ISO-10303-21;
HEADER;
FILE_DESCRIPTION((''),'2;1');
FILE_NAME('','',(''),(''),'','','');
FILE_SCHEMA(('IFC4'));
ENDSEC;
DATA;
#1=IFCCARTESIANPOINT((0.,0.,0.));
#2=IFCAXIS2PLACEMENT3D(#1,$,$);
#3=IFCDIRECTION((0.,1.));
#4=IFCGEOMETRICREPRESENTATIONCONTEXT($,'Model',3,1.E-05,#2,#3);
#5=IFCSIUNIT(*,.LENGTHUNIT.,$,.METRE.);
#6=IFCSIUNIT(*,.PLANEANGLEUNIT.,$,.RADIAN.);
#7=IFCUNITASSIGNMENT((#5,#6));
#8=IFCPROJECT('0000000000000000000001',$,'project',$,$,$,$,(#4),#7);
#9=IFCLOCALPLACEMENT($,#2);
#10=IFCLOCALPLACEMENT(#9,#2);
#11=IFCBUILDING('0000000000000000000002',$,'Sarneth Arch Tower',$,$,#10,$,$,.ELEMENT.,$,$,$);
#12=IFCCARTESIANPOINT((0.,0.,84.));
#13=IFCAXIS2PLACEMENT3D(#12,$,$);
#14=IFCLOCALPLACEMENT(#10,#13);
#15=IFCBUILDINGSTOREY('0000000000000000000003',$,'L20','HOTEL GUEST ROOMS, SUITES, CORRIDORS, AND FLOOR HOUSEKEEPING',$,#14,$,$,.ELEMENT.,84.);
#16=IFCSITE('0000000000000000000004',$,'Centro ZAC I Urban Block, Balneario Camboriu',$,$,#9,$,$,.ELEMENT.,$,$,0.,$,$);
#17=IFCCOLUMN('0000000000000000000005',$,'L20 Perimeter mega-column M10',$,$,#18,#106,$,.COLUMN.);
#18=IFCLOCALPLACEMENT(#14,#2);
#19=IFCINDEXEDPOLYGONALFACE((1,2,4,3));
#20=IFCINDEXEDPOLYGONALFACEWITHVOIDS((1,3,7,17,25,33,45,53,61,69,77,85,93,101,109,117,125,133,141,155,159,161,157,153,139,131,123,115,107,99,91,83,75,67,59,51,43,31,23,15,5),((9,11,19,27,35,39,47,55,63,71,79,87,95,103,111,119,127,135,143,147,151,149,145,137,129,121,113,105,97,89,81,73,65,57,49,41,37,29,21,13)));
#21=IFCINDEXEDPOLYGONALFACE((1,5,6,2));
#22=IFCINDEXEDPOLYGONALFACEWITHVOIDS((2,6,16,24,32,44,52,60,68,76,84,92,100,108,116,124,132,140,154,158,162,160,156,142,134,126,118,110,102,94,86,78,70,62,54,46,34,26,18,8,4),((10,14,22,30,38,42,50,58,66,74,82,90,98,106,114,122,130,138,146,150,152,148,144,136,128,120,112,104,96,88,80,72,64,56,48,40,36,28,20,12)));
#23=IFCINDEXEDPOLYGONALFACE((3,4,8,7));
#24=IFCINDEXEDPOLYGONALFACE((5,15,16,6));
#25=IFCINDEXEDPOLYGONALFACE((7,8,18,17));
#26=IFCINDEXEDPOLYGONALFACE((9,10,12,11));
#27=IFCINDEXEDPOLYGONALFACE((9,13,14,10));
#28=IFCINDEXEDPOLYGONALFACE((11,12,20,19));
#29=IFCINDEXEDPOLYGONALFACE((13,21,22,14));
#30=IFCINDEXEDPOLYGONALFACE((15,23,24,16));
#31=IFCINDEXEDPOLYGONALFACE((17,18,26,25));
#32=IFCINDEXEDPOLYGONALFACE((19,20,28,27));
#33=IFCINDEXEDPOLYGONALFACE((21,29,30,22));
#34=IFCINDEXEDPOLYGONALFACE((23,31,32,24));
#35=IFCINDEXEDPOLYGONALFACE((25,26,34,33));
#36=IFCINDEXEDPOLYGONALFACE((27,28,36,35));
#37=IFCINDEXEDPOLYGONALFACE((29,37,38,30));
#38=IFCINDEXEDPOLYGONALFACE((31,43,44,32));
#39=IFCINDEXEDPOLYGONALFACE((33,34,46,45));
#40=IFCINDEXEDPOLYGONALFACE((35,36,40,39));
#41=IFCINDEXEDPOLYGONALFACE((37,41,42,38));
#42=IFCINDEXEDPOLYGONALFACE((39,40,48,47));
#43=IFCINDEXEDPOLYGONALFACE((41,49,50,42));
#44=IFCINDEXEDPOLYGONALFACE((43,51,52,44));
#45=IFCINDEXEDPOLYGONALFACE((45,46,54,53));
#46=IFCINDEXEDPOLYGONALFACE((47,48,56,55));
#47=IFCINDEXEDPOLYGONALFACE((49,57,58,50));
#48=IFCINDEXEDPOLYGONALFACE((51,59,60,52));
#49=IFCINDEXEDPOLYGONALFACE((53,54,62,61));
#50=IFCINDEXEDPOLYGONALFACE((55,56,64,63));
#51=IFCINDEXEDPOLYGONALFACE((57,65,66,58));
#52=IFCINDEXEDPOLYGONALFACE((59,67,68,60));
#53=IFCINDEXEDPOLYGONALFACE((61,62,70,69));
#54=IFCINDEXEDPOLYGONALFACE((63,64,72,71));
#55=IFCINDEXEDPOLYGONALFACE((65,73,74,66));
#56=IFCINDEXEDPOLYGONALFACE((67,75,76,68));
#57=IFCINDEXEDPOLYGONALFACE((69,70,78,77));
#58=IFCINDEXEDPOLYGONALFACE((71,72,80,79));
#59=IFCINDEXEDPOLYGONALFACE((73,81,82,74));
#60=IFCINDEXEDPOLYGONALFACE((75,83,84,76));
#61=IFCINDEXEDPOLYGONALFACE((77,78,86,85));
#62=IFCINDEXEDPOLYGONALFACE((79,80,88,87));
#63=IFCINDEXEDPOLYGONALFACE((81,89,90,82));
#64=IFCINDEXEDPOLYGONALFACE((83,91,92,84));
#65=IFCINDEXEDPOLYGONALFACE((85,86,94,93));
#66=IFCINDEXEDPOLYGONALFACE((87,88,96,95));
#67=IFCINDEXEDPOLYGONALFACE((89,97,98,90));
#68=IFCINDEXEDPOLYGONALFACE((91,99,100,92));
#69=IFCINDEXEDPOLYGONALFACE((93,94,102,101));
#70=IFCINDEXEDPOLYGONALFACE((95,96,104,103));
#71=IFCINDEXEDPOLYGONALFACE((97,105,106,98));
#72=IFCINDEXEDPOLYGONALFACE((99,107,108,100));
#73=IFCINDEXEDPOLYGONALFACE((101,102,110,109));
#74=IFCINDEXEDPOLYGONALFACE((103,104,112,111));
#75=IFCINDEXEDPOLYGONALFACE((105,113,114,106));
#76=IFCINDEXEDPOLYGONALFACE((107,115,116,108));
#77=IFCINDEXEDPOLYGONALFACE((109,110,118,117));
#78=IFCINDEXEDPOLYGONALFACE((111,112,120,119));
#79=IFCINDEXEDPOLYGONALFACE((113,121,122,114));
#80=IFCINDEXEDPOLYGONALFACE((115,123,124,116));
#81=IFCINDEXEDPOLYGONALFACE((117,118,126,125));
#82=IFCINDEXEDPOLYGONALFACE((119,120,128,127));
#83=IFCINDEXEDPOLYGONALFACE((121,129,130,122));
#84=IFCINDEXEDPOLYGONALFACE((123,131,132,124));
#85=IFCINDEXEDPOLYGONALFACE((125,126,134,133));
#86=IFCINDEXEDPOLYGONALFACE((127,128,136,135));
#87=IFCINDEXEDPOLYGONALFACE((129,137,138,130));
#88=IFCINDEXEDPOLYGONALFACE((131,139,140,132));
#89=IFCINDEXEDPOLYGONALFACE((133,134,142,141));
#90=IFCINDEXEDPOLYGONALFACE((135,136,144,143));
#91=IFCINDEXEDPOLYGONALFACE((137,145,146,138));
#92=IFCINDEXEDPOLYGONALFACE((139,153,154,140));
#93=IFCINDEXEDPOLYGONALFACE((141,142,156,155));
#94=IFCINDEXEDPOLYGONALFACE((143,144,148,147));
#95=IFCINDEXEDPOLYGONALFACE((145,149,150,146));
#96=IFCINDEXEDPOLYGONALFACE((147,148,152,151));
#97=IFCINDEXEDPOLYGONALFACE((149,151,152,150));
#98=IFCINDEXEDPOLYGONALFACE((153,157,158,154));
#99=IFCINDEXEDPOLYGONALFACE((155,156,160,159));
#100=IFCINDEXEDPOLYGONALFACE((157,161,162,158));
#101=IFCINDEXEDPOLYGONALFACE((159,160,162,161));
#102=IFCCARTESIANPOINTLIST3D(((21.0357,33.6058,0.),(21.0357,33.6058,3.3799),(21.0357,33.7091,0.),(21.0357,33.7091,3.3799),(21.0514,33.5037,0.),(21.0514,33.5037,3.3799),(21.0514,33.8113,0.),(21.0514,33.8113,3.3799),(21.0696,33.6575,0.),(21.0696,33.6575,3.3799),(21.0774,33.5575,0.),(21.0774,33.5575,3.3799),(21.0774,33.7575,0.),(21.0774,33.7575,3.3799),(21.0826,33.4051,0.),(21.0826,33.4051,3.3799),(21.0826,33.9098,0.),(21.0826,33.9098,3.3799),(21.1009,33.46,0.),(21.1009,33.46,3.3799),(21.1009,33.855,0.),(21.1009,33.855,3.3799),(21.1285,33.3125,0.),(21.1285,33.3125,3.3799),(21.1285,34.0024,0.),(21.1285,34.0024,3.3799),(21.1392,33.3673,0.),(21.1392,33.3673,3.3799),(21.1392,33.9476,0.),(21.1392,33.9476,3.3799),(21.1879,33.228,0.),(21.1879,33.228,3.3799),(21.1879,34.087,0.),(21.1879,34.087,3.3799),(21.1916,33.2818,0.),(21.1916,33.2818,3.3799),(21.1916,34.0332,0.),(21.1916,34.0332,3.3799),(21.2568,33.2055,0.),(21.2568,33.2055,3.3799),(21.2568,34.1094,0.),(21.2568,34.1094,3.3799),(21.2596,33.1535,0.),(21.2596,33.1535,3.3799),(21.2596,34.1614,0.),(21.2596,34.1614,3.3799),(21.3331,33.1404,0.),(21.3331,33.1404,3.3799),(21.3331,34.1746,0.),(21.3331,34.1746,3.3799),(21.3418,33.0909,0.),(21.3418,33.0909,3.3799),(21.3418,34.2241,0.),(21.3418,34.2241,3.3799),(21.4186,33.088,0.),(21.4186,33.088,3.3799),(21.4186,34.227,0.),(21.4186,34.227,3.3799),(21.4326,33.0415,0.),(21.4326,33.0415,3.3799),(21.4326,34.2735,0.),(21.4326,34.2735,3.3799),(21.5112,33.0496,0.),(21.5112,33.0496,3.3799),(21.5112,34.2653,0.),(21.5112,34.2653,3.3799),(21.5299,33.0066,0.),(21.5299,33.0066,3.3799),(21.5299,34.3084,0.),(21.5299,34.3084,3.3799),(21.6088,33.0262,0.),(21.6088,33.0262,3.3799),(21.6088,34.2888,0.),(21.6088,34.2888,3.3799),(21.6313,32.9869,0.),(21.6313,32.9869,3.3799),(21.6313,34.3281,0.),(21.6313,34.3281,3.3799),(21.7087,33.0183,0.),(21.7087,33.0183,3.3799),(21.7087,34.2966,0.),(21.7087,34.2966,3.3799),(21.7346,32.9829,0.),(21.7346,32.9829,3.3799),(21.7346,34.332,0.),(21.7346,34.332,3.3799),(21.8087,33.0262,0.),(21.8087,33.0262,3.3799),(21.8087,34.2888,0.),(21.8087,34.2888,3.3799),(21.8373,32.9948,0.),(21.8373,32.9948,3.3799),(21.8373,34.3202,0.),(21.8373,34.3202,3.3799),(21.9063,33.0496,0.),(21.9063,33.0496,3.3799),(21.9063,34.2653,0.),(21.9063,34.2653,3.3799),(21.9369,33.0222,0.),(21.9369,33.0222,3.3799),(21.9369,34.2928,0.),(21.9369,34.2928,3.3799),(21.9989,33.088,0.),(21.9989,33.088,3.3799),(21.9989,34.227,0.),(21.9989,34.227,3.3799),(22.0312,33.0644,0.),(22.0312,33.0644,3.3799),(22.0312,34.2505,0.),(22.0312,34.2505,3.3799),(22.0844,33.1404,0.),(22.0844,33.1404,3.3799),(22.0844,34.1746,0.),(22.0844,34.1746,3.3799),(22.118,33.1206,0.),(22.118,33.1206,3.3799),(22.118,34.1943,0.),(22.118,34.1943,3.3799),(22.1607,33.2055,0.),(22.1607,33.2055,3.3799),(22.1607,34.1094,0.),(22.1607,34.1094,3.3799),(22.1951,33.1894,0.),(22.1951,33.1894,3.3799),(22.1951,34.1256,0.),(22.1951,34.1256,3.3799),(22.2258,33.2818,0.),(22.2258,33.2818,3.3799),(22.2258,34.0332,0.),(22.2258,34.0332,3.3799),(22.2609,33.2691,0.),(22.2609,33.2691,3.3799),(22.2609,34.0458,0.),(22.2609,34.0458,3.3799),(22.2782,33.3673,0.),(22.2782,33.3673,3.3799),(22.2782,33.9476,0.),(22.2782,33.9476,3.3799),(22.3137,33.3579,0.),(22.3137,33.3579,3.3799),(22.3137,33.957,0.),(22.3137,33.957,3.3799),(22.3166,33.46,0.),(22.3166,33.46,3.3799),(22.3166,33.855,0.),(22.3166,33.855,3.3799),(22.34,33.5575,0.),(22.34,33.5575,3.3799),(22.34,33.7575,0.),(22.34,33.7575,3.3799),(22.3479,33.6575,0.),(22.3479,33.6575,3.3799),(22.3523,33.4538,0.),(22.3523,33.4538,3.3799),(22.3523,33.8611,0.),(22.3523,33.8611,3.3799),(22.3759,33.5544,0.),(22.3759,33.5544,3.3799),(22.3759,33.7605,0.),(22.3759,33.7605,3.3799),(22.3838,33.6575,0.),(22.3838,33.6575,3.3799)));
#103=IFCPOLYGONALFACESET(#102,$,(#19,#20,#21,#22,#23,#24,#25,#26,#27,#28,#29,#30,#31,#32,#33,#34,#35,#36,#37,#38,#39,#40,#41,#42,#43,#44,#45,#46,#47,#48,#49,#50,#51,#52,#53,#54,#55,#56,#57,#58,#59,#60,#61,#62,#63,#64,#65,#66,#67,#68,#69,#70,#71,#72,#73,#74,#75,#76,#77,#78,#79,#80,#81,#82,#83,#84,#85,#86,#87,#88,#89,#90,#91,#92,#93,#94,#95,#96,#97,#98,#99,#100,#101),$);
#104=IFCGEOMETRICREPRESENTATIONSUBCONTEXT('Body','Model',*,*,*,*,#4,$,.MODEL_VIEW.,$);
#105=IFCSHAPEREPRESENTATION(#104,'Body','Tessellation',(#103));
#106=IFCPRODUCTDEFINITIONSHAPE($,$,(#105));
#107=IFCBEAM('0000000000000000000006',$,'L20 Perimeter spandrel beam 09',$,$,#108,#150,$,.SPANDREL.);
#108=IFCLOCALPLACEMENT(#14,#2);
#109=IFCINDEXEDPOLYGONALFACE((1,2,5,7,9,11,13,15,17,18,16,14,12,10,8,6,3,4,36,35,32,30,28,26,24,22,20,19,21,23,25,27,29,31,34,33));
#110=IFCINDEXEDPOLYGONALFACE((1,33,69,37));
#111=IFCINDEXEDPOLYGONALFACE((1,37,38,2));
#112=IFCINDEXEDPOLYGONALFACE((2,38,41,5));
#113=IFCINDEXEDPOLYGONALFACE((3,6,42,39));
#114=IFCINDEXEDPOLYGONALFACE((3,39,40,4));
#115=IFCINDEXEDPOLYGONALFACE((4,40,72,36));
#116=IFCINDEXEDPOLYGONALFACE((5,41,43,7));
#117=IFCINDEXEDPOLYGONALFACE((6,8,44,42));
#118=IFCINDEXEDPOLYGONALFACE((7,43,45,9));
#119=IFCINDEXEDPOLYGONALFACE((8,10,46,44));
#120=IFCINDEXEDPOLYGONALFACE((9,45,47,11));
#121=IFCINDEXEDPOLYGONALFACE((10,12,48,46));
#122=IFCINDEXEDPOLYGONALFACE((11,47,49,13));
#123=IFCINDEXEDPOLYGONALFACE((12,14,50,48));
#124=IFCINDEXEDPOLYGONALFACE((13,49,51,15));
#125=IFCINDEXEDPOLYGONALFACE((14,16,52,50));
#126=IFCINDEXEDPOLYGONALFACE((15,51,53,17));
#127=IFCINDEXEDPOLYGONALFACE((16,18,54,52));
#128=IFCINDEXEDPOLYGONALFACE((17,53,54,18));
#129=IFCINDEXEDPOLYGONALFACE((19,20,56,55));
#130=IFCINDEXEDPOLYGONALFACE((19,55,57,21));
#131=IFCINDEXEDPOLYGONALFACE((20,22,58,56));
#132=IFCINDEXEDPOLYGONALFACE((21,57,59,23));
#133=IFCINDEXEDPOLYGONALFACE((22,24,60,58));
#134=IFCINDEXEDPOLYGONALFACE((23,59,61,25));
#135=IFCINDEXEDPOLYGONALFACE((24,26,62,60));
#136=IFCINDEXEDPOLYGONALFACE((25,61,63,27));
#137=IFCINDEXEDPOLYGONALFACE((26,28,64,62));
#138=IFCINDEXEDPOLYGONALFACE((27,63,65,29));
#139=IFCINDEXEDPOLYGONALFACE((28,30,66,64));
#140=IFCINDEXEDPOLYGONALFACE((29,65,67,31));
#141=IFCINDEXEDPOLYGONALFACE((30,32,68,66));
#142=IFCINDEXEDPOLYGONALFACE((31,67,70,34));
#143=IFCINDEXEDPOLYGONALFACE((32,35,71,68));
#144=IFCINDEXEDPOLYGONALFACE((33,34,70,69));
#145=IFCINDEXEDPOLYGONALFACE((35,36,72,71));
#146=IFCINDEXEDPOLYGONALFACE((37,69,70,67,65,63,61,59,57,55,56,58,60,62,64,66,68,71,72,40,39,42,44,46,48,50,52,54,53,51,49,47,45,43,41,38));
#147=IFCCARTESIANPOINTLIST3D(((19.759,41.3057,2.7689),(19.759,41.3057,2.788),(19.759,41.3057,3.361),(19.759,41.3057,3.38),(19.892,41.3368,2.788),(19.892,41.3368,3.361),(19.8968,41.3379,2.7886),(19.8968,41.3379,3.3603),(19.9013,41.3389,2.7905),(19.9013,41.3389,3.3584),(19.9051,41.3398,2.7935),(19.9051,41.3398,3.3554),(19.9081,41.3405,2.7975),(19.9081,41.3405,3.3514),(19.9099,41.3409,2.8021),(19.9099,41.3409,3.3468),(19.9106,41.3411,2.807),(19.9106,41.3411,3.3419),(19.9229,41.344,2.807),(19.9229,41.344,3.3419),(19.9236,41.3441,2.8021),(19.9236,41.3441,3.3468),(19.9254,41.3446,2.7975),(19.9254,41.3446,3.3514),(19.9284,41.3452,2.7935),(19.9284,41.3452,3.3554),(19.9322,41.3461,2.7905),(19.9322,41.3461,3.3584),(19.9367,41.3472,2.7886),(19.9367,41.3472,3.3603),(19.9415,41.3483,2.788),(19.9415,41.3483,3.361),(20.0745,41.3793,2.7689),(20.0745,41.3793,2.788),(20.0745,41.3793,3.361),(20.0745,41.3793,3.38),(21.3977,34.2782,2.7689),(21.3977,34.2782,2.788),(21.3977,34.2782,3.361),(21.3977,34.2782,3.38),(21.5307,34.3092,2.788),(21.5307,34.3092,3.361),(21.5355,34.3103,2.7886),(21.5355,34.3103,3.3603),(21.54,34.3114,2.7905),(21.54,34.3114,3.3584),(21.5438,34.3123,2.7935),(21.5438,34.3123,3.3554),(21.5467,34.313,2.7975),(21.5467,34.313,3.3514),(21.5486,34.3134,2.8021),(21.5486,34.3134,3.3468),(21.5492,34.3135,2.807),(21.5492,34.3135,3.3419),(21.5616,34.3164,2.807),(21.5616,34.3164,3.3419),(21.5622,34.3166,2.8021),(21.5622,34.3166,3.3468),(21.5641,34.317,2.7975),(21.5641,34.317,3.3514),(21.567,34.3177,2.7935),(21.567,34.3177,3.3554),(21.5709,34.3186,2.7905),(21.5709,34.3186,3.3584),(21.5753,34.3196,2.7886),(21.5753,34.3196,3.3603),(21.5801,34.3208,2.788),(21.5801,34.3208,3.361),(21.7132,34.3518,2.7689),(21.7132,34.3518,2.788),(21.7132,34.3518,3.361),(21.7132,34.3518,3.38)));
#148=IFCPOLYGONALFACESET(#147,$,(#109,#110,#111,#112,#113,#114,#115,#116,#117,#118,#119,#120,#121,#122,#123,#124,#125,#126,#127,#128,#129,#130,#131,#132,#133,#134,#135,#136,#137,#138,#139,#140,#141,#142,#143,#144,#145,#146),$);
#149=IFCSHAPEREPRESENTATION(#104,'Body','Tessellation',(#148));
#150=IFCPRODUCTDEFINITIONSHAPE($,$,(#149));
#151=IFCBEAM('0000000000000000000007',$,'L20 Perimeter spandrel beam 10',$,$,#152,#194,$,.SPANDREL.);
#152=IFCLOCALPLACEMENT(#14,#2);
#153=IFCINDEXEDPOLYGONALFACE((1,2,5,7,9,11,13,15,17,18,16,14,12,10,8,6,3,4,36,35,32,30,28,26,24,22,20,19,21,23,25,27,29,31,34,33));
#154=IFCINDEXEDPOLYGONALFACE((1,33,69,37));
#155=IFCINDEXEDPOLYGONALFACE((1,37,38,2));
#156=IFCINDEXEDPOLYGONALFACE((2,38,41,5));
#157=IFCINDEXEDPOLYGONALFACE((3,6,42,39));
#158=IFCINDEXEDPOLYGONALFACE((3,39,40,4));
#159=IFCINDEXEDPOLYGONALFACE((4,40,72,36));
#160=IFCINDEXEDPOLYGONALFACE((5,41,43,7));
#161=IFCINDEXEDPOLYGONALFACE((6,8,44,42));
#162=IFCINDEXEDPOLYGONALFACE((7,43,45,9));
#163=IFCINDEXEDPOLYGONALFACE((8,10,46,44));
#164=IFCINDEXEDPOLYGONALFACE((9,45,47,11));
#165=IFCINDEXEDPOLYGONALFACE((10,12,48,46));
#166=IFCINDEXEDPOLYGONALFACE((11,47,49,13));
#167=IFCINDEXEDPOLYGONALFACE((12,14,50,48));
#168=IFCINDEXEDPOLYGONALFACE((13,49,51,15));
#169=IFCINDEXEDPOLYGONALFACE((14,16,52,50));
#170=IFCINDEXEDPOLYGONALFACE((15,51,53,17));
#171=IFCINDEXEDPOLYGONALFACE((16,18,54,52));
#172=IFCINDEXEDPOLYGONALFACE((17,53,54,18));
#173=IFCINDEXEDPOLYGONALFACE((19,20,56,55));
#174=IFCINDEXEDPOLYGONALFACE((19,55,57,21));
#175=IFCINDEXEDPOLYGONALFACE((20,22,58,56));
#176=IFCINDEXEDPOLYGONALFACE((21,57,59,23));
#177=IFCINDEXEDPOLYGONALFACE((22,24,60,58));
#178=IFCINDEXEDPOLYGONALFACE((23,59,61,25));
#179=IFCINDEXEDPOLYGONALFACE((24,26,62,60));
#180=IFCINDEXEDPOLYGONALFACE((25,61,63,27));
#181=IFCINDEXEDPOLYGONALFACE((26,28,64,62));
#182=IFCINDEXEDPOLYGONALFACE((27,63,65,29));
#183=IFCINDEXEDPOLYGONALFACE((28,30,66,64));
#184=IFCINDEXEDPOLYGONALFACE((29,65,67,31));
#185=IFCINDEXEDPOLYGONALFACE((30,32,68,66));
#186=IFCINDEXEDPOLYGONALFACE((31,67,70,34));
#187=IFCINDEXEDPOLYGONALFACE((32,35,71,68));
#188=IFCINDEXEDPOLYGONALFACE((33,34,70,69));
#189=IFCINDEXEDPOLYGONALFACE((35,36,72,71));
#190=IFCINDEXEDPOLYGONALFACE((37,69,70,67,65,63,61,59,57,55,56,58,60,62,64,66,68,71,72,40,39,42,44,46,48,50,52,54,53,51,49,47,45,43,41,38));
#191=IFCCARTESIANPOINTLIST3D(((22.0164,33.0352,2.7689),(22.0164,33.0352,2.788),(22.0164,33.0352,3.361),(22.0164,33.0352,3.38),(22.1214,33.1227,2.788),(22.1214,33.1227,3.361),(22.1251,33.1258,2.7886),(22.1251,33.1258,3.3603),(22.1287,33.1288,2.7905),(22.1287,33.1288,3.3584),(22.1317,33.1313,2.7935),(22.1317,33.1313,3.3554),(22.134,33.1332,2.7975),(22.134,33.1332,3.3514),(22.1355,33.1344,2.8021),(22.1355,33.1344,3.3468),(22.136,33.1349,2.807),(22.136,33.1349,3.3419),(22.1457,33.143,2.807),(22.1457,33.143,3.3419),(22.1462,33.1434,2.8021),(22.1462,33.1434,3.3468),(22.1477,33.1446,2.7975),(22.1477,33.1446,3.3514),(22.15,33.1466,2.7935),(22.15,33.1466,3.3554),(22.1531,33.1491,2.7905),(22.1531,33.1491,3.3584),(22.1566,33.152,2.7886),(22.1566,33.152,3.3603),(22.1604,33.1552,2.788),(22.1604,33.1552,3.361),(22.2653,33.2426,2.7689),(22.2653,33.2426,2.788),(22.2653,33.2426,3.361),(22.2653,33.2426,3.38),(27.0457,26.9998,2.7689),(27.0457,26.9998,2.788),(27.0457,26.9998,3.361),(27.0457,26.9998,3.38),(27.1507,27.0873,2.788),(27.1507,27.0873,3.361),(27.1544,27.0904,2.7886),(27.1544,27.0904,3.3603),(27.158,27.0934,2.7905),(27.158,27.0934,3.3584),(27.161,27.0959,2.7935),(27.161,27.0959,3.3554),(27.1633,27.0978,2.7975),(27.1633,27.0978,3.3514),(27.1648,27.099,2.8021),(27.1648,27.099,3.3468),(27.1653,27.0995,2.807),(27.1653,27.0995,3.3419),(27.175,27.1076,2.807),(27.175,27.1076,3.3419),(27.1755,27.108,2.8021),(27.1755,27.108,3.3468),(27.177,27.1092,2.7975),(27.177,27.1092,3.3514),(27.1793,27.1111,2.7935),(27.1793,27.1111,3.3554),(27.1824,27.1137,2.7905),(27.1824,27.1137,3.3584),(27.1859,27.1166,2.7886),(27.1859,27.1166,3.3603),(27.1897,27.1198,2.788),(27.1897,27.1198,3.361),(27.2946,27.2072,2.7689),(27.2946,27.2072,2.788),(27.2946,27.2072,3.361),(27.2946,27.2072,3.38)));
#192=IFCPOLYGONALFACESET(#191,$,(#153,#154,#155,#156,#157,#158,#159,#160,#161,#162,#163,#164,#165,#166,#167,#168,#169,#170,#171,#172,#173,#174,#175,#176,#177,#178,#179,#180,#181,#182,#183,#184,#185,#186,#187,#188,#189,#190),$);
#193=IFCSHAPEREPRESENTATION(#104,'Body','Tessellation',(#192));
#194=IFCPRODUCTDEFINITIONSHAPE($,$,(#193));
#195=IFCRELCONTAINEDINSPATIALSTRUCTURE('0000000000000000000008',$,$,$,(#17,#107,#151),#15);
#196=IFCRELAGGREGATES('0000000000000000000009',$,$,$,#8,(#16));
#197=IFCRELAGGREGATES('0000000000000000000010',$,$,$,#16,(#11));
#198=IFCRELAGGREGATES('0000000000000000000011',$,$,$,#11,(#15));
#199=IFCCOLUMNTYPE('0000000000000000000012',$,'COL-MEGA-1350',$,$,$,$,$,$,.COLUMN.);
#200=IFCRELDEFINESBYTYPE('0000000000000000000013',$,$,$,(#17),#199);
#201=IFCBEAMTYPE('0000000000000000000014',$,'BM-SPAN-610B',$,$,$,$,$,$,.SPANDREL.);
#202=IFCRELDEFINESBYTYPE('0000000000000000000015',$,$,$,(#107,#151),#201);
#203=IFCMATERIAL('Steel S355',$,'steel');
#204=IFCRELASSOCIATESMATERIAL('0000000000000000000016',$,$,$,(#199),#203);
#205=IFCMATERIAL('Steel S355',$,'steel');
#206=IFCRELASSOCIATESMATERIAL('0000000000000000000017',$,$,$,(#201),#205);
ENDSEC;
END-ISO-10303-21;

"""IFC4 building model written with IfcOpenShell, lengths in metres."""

from ifc_helpers import new_model, si_unit, direction, frame, origin, origin_2d, place, context, subcontext, project, spatial, hollow_circle, i_section, extrude, material, material_profile, profile_set, type_object, element, save


model = new_model("IFC4")

# Units and contexts
model_context = context("Model", 3, precision=1e-05, world=origin(), true_north=direction((0.0, 1.0)))
body_context = subcontext(model_context, "Body", "Model", "MODEL_VIEW")
ifc_project = project(units=[si_unit("LENGTHUNIT", "METRE"), si_unit("PLANEANGLEUNIT", "RADIAN")], contexts=[model_context])

# Site, building, storey
site_placement = place(None, origin())
site = spatial("IfcSite", under=ifc_project, at=site_placement, Name="Centro ZAC I Urban Block, Balneario Camboriu", CompositionType="ELEMENT", RefElevation=0.0)
building_placement = place(site_placement, origin())
building = spatial("IfcBuilding", under=site, at=building_placement, Name="Sarneth Arch Tower", CompositionType="ELEMENT")
storey_placement = place(building_placement, frame((0.0, 0.0, 84.0)))
storey = spatial("IfcBuildingStorey", under=building, at=storey_placement, Name="L20", Description="HOTEL GUEST ROOMS, SUITES, CORRIDORS, AND FLOOR HOUSEKEEPING", CompositionType="ELEMENT", Elevation=84.0)

# Column
ifc_material_1 = material(Name="Steel S355", Category="steel")
ifc_material_profile_1 = material_profile(ifc_material_1, hollow_circle(Radius=0.675, WallThickness=0.0359, at=origin_2d()), Name="CHS1350x36")
ifc_profile_set_1 = profile_set([ifc_material_profile_1], Name="Steel S355")
column_type = type_object("IfcColumnType", Name="COL-MEGA-1350", PredefinedType="COLUMN", material=ifc_profile_set_1)
column_placement = place(storey_placement, frame((21.7087, 33.6575, 0.0), z_axis=(0.0, 0.0, 1.0), x_axis=(1.0, 0.0, 0.0)))
element("IfcColumn", 1, at=column_placement, inside=storey, type_object=column_type, Name="L20 Perimeter mega-column M10", PredefinedType="COLUMN", context=body_context, shape_type="SweptSolid", body=[
    extrude(hollow_circle(Radius=0.675, WallThickness=0.0359, at=origin_2d()), origin(), (0.0, 0.0, 1.0), 3.3799),
])

# Beams
ifc_material_2 = material(Name="Steel S355", Category="steel")
ifc_material_profile_2 = material_profile(ifc_material_2, i_section(OverallWidth=0.324, OverallDepth=0.6111, WebThickness=0.0127, FlangeThickness=0.019, FilletRadius=0.019, at=origin_2d()), Name="W610x155")
ifc_profile_set_2 = profile_set([ifc_material_profile_2], Name="Steel S355")
beam_type = type_object("IfcBeamType", Name="BM-SPAN-610B", PredefinedType="SPANDREL", material=ifc_profile_set_2)
beam_1_placement = place(storey_placement, frame((19.9167, 41.3425, 3.0745), z_axis=(0.227085, -0.973875, 0.0), x_axis=(0.973875, 0.227085, 0.0)))
element("IfcBeam", 2, at=beam_1_placement, inside=storey, type_object=beam_type, Name="L20 Perimeter spandrel beam 09", PredefinedType="SPANDREL", context=body_context, shape_type="SweptSolid", body=[
    extrude(i_section(OverallWidth=0.324, OverallDepth=0.6111, WebThickness=0.0127, FlangeThickness=0.019, FilletRadius=0.019, at=origin_2d()), origin(), (0.0, 0.0, 1.0), 7.2161),
])
beam_2_placement = place(storey_placement, frame((22.1409, 33.1389, 3.0745), z_axis=(0.640169, -0.768234, 0.0), x_axis=(0.768234, 0.640169, 0.0)))
element("IfcBeam", 3, at=beam_2_placement, inside=storey, type_object=beam_type, Name="L20 Perimeter spandrel beam 10", PredefinedType="SPANDREL", context=body_context, shape_type="SweptSolid", body=[
    extrude(i_section(OverallWidth=0.324, OverallDepth=0.6111, WebThickness=0.0127, FlangeThickness=0.019, FilletRadius=0.019, at=origin_2d()), origin(), (0.0, 0.0, 1.0), 7.8562),
])

save(model, "model.ifc")
